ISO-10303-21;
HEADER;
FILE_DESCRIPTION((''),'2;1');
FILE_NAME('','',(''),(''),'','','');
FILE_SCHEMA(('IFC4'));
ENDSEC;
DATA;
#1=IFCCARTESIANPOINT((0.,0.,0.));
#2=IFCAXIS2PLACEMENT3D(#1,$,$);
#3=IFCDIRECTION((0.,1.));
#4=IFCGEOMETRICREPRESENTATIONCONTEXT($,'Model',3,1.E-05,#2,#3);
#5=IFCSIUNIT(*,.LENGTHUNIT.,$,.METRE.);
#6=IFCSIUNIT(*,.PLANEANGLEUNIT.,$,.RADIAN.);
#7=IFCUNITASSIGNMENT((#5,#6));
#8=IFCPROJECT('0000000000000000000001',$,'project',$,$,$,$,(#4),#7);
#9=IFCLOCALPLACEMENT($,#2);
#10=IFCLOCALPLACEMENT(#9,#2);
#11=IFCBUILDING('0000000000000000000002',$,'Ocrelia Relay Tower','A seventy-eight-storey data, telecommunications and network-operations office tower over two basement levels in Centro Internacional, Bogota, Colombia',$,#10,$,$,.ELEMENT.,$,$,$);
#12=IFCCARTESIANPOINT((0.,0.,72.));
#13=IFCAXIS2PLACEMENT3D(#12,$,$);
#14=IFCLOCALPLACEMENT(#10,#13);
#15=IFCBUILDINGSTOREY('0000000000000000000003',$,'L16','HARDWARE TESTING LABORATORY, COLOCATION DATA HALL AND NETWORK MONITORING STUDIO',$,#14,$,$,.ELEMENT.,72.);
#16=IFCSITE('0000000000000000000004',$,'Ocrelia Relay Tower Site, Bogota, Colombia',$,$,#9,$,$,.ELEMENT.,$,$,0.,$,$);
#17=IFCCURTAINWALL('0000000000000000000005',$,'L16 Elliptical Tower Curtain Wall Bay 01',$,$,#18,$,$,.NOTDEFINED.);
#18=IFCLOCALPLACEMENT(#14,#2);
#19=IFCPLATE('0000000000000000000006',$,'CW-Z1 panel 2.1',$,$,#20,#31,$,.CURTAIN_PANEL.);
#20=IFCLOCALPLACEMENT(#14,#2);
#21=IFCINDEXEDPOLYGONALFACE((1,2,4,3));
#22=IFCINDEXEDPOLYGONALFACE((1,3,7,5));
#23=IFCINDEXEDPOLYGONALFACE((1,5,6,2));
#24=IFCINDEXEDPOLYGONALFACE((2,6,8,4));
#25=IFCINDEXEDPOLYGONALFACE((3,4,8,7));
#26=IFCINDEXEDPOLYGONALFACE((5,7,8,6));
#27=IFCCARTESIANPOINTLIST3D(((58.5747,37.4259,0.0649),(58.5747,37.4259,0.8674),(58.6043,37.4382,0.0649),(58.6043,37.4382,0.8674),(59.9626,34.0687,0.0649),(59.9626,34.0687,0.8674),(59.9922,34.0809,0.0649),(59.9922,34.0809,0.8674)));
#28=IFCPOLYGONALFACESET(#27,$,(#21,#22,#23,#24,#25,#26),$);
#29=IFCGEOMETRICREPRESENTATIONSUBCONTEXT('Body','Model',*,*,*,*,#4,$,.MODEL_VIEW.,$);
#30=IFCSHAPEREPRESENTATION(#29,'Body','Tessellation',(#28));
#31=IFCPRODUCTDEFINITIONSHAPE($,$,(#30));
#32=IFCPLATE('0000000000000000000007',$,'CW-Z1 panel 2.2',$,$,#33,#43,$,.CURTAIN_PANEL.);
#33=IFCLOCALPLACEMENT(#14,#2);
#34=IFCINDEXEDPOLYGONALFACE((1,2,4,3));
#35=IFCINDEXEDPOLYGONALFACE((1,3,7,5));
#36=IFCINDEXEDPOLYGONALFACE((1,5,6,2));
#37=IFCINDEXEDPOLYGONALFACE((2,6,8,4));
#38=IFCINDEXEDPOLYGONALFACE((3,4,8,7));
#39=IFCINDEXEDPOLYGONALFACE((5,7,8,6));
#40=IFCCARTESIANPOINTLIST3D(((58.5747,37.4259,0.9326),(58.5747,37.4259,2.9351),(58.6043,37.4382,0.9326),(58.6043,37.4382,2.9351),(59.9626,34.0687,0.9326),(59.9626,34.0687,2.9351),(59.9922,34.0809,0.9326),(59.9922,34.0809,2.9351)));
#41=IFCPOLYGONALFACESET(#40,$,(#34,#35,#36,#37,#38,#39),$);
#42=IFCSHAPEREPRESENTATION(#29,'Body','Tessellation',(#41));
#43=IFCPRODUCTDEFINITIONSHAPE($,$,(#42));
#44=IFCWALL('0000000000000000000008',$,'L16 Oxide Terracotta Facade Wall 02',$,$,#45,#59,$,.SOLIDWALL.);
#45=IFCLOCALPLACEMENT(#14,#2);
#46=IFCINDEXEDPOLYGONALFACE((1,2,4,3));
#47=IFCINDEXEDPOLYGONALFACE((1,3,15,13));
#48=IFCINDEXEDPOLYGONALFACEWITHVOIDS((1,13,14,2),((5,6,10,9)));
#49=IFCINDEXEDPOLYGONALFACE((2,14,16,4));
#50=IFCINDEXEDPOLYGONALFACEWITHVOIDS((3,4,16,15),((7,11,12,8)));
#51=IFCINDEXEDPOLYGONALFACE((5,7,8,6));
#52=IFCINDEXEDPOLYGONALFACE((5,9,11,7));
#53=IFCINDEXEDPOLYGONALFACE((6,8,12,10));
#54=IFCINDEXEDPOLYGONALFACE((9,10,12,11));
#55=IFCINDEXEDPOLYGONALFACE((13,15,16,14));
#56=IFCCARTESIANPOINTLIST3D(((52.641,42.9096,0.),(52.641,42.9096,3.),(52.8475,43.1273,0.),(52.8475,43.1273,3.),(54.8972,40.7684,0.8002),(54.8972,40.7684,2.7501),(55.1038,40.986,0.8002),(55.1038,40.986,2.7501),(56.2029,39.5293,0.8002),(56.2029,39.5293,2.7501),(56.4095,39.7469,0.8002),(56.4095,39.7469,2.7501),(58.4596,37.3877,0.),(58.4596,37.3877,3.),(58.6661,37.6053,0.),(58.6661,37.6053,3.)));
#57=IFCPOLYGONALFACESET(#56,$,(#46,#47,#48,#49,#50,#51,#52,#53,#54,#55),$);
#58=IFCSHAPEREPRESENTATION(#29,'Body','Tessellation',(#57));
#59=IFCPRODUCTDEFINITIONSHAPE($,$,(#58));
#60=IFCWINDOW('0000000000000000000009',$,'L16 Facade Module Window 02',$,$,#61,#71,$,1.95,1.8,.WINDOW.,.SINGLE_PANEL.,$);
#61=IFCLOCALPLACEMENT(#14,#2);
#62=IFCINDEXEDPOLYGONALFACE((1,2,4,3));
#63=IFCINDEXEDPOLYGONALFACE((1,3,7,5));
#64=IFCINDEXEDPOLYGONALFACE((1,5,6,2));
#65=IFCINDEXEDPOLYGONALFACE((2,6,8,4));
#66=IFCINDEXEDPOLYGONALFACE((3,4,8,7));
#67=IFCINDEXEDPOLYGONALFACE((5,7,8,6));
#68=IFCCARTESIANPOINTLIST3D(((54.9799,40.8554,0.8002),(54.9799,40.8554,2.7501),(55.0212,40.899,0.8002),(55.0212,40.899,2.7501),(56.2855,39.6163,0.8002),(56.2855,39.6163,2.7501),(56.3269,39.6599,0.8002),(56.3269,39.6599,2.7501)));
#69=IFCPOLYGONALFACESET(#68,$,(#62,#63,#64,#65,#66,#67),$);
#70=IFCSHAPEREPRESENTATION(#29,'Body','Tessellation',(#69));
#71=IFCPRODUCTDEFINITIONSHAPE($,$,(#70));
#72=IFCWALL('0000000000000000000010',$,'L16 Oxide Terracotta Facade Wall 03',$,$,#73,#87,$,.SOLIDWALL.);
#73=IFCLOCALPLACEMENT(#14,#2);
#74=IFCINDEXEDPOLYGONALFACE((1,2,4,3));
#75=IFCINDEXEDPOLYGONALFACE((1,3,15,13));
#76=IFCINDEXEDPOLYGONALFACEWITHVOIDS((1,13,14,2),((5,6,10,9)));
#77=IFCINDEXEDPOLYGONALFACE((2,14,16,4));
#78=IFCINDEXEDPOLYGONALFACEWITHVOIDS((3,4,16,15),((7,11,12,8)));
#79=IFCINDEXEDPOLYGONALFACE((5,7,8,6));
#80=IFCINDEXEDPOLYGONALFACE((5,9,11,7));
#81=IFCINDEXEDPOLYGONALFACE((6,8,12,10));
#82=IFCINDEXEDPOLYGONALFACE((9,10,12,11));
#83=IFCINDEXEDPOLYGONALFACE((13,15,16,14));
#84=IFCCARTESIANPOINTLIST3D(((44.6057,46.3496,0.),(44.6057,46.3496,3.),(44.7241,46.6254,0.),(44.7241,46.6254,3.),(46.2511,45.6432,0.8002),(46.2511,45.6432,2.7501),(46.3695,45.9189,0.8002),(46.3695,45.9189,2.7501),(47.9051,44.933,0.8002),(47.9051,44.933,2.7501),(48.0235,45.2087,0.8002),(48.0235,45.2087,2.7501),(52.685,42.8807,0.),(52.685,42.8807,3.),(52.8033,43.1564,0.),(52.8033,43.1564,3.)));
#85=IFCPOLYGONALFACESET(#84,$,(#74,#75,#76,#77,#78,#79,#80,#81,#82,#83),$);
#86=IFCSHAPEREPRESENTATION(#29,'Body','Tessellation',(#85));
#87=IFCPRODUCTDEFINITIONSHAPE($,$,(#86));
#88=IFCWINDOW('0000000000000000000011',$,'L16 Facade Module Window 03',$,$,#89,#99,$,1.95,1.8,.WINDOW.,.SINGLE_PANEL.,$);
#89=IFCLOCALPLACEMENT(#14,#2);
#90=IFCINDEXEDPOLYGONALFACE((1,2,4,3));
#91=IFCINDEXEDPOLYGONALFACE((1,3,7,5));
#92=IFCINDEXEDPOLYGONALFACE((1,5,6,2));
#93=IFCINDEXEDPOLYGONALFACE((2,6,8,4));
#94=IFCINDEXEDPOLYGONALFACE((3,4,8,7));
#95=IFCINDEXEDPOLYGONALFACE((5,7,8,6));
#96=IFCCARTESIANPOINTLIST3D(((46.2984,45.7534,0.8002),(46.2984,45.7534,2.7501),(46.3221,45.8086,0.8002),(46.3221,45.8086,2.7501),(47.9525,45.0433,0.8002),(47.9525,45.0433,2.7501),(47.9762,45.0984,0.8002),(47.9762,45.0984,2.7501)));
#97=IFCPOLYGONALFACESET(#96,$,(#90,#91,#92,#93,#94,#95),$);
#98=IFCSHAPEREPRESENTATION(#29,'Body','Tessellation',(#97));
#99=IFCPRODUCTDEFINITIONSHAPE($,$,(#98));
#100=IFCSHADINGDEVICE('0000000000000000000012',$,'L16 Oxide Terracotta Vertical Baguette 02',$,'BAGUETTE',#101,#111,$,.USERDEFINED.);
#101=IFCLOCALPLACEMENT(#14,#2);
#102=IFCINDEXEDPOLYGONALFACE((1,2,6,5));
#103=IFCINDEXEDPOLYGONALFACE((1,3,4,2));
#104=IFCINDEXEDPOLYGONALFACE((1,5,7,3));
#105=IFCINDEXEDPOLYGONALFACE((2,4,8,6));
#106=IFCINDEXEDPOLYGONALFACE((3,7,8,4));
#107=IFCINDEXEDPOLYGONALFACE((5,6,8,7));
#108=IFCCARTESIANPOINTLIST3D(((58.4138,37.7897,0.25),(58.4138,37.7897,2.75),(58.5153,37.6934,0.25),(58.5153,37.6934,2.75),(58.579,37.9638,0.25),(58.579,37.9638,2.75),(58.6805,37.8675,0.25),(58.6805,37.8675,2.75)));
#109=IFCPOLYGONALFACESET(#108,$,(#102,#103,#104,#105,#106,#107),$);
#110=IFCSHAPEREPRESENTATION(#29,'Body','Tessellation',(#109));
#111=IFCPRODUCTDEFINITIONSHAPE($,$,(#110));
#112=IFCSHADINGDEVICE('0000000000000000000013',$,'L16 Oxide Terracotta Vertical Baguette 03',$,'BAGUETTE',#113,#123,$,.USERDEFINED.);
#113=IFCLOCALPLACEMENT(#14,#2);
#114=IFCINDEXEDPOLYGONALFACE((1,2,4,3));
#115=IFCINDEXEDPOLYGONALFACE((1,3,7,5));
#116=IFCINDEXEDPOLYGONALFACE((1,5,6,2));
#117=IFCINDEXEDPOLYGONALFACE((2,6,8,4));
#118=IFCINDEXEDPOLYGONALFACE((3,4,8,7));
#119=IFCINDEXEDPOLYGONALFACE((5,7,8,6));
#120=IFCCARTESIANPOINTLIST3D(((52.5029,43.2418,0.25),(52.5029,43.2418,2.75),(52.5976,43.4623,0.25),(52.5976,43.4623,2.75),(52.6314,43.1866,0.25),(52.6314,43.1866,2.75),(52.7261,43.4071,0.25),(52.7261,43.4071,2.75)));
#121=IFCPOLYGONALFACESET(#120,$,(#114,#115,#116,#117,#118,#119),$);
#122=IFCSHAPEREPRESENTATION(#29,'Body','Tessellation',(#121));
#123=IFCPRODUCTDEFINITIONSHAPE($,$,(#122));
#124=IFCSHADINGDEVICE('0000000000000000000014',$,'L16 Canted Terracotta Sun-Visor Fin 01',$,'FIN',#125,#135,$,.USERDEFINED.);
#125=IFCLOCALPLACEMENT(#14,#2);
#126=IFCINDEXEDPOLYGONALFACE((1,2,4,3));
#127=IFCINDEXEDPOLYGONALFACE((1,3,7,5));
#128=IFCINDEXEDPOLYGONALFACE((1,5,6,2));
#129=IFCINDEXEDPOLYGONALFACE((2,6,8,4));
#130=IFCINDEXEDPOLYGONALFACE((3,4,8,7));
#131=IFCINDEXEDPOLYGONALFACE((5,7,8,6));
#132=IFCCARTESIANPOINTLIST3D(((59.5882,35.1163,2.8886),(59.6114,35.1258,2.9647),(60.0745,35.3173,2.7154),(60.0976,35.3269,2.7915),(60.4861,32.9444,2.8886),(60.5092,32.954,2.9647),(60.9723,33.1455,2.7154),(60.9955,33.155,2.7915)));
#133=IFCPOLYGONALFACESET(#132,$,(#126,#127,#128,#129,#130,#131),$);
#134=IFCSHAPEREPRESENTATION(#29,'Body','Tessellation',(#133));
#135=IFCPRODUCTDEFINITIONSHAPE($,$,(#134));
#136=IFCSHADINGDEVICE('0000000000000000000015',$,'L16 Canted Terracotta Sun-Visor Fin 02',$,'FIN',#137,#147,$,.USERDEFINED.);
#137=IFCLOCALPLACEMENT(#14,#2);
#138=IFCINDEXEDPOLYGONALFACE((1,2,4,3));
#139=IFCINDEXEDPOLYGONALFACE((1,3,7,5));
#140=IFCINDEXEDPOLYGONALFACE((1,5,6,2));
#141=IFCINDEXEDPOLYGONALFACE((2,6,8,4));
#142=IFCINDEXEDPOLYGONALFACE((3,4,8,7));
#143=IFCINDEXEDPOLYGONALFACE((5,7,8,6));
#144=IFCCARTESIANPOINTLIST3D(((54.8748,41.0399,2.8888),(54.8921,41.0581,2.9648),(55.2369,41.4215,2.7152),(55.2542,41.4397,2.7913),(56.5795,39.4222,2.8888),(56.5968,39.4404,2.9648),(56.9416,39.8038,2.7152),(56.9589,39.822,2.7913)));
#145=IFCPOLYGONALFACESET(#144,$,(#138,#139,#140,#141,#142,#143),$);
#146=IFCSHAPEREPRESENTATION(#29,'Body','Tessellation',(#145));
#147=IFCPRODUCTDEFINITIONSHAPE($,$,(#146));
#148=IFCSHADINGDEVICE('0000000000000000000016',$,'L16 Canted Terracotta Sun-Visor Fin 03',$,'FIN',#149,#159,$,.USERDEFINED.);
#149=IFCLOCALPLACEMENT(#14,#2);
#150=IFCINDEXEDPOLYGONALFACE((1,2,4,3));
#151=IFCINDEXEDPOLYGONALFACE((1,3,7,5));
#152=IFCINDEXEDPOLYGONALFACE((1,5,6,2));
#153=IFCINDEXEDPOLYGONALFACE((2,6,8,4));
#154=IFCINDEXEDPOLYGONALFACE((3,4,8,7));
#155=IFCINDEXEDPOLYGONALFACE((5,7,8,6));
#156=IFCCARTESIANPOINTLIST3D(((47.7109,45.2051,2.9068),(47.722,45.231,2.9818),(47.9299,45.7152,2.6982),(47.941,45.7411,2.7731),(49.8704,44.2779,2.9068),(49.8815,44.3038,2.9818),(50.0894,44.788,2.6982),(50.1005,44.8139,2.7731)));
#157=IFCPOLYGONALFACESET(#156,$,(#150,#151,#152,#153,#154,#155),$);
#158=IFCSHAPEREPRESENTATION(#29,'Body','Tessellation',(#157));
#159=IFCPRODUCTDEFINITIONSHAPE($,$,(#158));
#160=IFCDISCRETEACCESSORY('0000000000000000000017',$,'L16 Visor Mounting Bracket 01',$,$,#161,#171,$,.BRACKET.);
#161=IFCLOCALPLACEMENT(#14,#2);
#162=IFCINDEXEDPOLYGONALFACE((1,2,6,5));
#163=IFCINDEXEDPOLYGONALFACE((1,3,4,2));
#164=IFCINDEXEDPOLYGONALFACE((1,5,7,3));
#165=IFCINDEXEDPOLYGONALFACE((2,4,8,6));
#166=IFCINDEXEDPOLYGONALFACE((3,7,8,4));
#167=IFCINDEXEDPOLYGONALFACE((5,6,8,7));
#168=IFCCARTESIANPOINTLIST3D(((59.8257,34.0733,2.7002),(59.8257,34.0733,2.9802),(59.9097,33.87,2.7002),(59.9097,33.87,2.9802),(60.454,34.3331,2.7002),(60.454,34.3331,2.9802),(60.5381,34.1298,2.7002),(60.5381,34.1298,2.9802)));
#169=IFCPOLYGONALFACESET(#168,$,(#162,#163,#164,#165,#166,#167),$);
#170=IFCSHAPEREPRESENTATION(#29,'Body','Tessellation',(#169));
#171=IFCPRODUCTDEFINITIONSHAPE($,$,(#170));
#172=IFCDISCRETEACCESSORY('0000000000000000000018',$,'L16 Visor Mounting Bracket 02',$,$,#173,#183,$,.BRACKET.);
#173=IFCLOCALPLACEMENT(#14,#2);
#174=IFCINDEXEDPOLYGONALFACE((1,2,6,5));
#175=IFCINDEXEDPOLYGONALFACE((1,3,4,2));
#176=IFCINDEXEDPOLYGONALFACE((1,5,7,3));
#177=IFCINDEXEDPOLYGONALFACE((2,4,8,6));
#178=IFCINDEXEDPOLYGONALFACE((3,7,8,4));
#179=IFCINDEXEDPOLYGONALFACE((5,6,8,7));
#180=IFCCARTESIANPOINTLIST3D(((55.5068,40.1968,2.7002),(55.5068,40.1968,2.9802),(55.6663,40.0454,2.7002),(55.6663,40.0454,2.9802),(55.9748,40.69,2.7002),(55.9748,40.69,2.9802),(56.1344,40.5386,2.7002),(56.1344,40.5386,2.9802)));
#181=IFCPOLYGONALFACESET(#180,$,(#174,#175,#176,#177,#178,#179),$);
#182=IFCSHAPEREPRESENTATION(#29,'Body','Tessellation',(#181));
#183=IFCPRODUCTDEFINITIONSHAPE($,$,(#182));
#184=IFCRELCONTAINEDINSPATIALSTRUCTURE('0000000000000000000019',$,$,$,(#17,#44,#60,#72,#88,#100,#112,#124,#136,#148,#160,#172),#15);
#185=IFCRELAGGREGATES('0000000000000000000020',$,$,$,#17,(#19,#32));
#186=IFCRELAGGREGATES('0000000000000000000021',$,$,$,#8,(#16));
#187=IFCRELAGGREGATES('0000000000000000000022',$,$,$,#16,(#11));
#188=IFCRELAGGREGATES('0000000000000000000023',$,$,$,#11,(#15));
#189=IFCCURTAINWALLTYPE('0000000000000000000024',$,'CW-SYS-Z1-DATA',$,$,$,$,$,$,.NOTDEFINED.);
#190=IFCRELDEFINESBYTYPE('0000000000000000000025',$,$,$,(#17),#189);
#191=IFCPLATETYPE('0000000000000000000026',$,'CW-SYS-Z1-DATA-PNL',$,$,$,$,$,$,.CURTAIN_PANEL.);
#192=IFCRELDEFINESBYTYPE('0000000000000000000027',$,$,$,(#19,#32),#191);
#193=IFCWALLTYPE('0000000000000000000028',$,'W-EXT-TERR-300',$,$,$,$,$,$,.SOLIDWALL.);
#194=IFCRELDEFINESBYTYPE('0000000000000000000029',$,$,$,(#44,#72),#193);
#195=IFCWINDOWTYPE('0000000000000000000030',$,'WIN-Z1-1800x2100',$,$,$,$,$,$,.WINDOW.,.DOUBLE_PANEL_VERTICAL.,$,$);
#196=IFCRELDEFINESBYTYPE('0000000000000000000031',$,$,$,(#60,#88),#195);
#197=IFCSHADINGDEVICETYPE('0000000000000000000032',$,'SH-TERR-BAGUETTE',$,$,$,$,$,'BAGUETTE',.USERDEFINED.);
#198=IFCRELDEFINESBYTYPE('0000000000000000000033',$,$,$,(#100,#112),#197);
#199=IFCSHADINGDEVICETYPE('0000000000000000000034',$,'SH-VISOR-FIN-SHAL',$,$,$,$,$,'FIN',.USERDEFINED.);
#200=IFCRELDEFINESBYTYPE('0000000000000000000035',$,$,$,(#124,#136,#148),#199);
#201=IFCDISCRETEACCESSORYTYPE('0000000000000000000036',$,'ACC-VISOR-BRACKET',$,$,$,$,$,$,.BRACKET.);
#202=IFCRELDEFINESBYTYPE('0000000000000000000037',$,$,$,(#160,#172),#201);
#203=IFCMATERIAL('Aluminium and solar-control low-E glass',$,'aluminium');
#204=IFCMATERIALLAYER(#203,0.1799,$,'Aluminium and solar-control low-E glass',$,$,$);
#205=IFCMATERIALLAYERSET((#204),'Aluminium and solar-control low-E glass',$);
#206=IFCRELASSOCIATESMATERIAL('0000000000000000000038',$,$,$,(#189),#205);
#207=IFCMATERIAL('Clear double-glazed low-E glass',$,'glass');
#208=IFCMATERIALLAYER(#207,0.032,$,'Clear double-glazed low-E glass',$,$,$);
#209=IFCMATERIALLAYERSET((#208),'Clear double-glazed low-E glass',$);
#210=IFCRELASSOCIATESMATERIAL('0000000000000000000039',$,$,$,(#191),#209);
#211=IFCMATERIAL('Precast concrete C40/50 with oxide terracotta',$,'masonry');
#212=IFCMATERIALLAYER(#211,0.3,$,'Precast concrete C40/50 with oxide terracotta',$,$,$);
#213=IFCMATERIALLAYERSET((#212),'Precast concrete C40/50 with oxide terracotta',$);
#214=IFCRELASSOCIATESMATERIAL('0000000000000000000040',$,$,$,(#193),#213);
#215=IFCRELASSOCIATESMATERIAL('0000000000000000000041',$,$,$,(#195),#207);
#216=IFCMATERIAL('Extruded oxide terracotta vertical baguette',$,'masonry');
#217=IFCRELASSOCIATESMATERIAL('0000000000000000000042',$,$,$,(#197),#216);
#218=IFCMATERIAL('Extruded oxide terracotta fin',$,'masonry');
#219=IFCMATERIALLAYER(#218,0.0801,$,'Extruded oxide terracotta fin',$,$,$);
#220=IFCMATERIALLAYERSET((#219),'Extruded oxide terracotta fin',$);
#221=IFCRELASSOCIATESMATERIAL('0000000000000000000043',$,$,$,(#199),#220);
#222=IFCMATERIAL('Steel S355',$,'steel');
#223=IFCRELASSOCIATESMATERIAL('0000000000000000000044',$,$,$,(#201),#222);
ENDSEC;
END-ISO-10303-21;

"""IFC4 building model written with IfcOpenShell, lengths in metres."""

from ifc_helpers import new_model, si_unit, direction, frame, frame_2d, origin, origin_2d, place, context, subcontext, project, spatial, rectangle, extrude, material, layer, layer_set, type_object, element, fill, aggregate, save


model = new_model("IFC4")

# Units and contexts
model_context = context("Model", 3, precision=1e-05, world=origin(), true_north=direction((0.0, 1.0)))
body_context = subcontext(model_context, "Body", "Model", "MODEL_VIEW")
ifc_project = project(units=[si_unit("LENGTHUNIT", "METRE"), si_unit("PLANEANGLEUNIT", "RADIAN")], contexts=[model_context])

# Site, building, storey
site_placement = place(None, origin())
site = spatial("IfcSite", under=ifc_project, at=site_placement, Name="Ocrelia Relay Tower Site, Bogota, Colombia", CompositionType="ELEMENT", RefElevation=0.0)
building_placement = place(site_placement, origin())
building = spatial("IfcBuilding", under=site, at=building_placement, Name="Ocrelia Relay Tower", Description="A seventy-eight-storey data, telecommunications and network-operations office tower over two basement levels in Centro Internacional, Bogota, Colombia", CompositionType="ELEMENT")
storey_placement = place(building_placement, frame((0.0, 0.0, 72.0)))
storey = spatial("IfcBuildingStorey", under=building, at=storey_placement, Name="L16", Description="HARDWARE TESTING LABORATORY, COLOCATION DATA HALL AND NETWORK MONITORING STUDIO", CompositionType="ELEMENT", Elevation=72.0)

# Shared definitions
ifc_material_1 = material(Name="Steel S355", Category="steel")

# Curtain wall, plates
ifc_material_2 = material(Name="Aluminium and solar-control low-E glass", Category="aluminium")
ifc_layer_1 = layer(ifc_material_2, 0.1799, Name="Aluminium and solar-control low-E glass")
ifc_layer_set_1 = layer_set([ifc_layer_1], Name="Aluminium and solar-control low-E glass")
curtain_wall_type = type_object("IfcCurtainWallType", Name="CW-SYS-Z1-DATA", PredefinedType="NOTDEFINED", material=ifc_layer_set_1)
curtain_wall_placement = place(storey_placement, origin())
curtain_wall = element("IfcCurtainWall", 1, at=curtain_wall_placement, inside=storey, type_object=curtain_wall_type, Name="L16 Elliptical Tower Curtain Wall Bay 01", PredefinedType="NOTDEFINED")
ifc_material_3 = material(Name="Clear double-glazed low-E glass", Category="glass")
ifc_layer_2 = layer(ifc_material_3, 0.032, Name="Clear double-glazed low-E glass")
ifc_layer_set_2 = layer_set([ifc_layer_2], Name="Clear double-glazed low-E glass")
plate_type = type_object("IfcPlateType", Name="CW-SYS-Z1-DATA-PNL", PredefinedType="CURTAIN_PANEL", material=ifc_layer_set_2)
plate_1_placement = place(storey_placement, frame((59.2834, 35.7534, 0.0649), z_axis=(0.0, 0.0, 1.0), x_axis=(-0.382038, 0.924147, 0.0)))
plate_1 = element("IfcPlate", 2, at=plate_1_placement, type_object=plate_type, Name="CW-Z1 panel 2.1", PredefinedType="CURTAIN_PANEL", context=body_context, shape_type="SweptSolid", body=[
    extrude(rectangle(XDim=3.6328, YDim=0.032, at=origin_2d()), origin(), (0.0, 0.0, 1.0), 0.8025),
])
plate_2_placement = place(storey_placement, frame((59.2834, 35.7534, 0.9326), z_axis=(0.0, 0.0, 1.0), x_axis=(-0.382038, 0.924147, 0.0)))
plate_2 = element("IfcPlate", 3, at=plate_2_placement, type_object=plate_type, Name="CW-Z1 panel 2.2", PredefinedType="CURTAIN_PANEL", context=body_context, shape_type="SweptSolid", body=[
    extrude(rectangle(XDim=3.6328, YDim=0.032, at=origin_2d()), origin(), (0.0, 0.0, 1.0), 2.0024),
])
aggregate(curtain_wall, [plate_1, plate_2])

# Walls, openings, windows
ifc_material_4 = material(Name="Precast concrete C40/50 with oxide terracotta", Category="masonry")
ifc_layer_3 = layer(ifc_material_4, 0.3, Name="Precast concrete C40/50 with oxide terracotta")
ifc_layer_set_3 = layer_set([ifc_layer_3], Name="Precast concrete C40/50 with oxide terracotta")
wall_type = type_object("IfcWallType", Name="W-EXT-TERR-300", PredefinedType="SOLIDWALL", material=ifc_layer_set_3)
wall_1_placement = place(storey_placement, frame((58.5627, 37.4966, 0.0), z_axis=(0.0, 0.0, 1.0), x_axis=(-0.725354, 0.688376, 0.0)))
wall_1 = element("IfcWall", 4, at=wall_1_placement, inside=storey, type_object=wall_type, Name="L16 Oxide Terracotta Facade Wall 02", PredefinedType="SOLIDWALL", context=body_context, shape_type="SweptSolid", body=[
    extrude(rectangle(XDim=8.0217, YDim=0.3, at=frame_2d((4.0107, 0.0))), origin(), (0.0, 0.0, 1.0), 3.0),
])
opening_1_placement = place(wall_1_placement, frame((3.1111, 0.0, 0.8)))
opening_1 = element("IfcOpeningElement", 5, at=opening_1_placement, cuts=wall_1, PredefinedType="OPENING", context=body_context, shape_type="SweptSolid", body=[
    extrude(rectangle(XDim=1.8, YDim=1.95, at=frame_2d((0.8999, 0.9751))), frame((0.0, 0.1602, 0.0), z_axis=(0.0, -1.0, 0.0), x_axis=(1.0, 0.0, 0.0)), (0.0, 0.0, 1.0), 0.3201),
])
window_type = type_object("IfcWindowType", Name="WIN-Z1-1800x2100", PartitioningType="DOUBLE_PANEL_VERTICAL", PredefinedType="WINDOW", material=ifc_material_3)
window_1_placement = place(opening_1_placement, origin())
window_1 = element("IfcWindow", 6, at=window_1_placement, inside=storey, type_object=window_type, Name="L16 Facade Module Window 02", OverallHeight=1.95, OverallWidth=1.8, PartitioningType="SINGLE_PANEL", PredefinedType="WINDOW", context=body_context, shape_type="SweptSolid", body=[
    extrude(rectangle(XDim=1.8, YDim=1.95, at=frame_2d((0.8999, 0.9751))), frame((0.0, 0.03, 0.0), z_axis=(0.0, -1.0, 0.0), x_axis=(1.0, 0.0, 0.0)), (0.0, 0.0, 1.0), 0.0601),
])
fill(opening_1, window_1)
wall_2_placement = place(storey_placement, frame((52.7441, 43.0186, 0.0), z_axis=(0.0, 0.0, 1.0), x_axis=(-0.918881, 0.394536, 0.0)))
wall_2 = element("IfcWall", 7, at=wall_2_placement, inside=storey, type_object=wall_type, Name="L16 Oxide Terracotta Facade Wall 03", PredefinedType="SOLIDWALL", context=body_context, shape_type="SweptSolid", body=[
    extrude(rectangle(XDim=8.7925, YDim=0.3, at=frame_2d((4.3962, 0.0))), origin(), (0.0, 0.0, 1.0), 3.0),
])
opening_2_placement = place(wall_2_placement, frame((5.2019, 0.0, 0.8)))
opening_2 = element("IfcOpeningElement", 8, at=opening_2_placement, cuts=wall_2, PredefinedType="OPENING", context=body_context, shape_type="SweptSolid", body=[
    extrude(rectangle(XDim=1.8, YDim=1.95, at=frame_2d((0.8999, 0.9751))), frame((0.0, 0.1602, 0.0), z_axis=(0.0, -1.0, 0.0), x_axis=(1.0, 0.0, 0.0)), (0.0, 0.0, 1.0), 0.3201),
])
window_2_placement = place(opening_2_placement, origin())
window_2 = element("IfcWindow", 9, at=window_2_placement, inside=storey, type_object=window_type, Name="L16 Facade Module Window 03", OverallHeight=1.95, OverallWidth=1.8, PartitioningType="SINGLE_PANEL", PredefinedType="WINDOW", context=body_context, shape_type="SweptSolid", body=[
    extrude(rectangle(XDim=1.8, YDim=1.95, at=frame_2d((0.8999, 0.9751))), frame((0.0, 0.03, 0.0), z_axis=(0.0, -1.0, 0.0), x_axis=(1.0, 0.0, 0.0)), (0.0, 0.0, 1.0), 0.0601),
])
fill(opening_2, window_2)

# Shading devices
ifc_material_5 = material(Name="Extruded oxide terracotta vertical baguette", Category="masonry")
shading_device_type_1 = type_object("IfcShadingDeviceType", Name="SH-TERR-BAGUETTE", ElementType="BAGUETTE", PredefinedType="USERDEFINED", material=ifc_material_5)
for number, where, z_axis, x_axis, name in (
    (10, (58.5471, 37.8286, 0.25), (0.0, 0.0, 1.0), (-0.725365, 0.688365, 0.0), "L16 Oxide Terracotta Vertical Baguette 02"),
    (11, (52.6145, 43.3245, 0.25), (0.0, 0.0, 1.0), (-0.918881, 0.394534, 0.0), "L16 Oxide Terracotta Vertical Baguette 03"),
):
    element("IfcShadingDevice", number, at=place(storey_placement, frame(where, z_axis=z_axis, x_axis=x_axis)), inside=storey, type_object=shading_device_type_1, Name=name, ObjectType="BAGUETTE", PredefinedType="USERDEFINED", context=body_context, shape_type="SweptSolid", body=[
        extrude(rectangle(XDim=0.1399, YDim=0.24, at=origin_2d()), origin(), (0.0, 0.0, 1.0), 2.5),
    ])
ifc_material_6 = material(Name="Extruded oxide terracotta fin", Category="masonry")
ifc_layer_4 = layer(ifc_material_6, 0.0801, Name="Extruded oxide terracotta fin")
ifc_layer_set_4 = layer_set([ifc_layer_4], Name="Extruded oxide terracotta fin")
shading_device_type_2 = type_object("IfcShadingDeviceType", Name="SH-VISOR-FIN-SHAL", ElementType="FIN", PredefinedType="USERDEFINED", material=ifc_layer_set_4)
for number, where, z_axis, x_axis, name in (
    (12, (60.2803, 34.1309, 2.802), (0.28895, 0.11945, 0.949863), (-0.382038, 0.924147, 0.0), "L16 Canted Terracotta Sun-Visor Fin 01"),
    (13, (55.9082, 40.4219, 2.802), (0.215685, 0.227278, 0.949644), (-0.725365, 0.688365, 0.0), "L16 Canted Terracotta Sun-Visor Fin 02"),
):
    element("IfcShadingDevice", number, at=place(storey_placement, frame(where, z_axis=z_axis, x_axis=x_axis)), inside=storey, type_object=shading_device_type_2, Name=name, ObjectType="FIN", PredefinedType="USERDEFINED", context=body_context, shape_type="SweptSolid", body=[
        extrude(rectangle(XDim=2.3501, YDim=0.554, at=origin_2d()), origin(), (0.0, 0.0, 1.0), 0.0801),
    ])
shading_device_placement = place(storey_placement, frame((48.9001, 44.9966, 2.8025), z_axis=(0.138814, 0.323301, 0.93606), x_axis=(-0.918881, 0.394534, 0.0)))
element("IfcShadingDevice", 14, at=shading_device_placement, inside=storey, type_object=shading_device_type_2, Name="L16 Canted Terracotta Sun-Visor Fin 03", ObjectType="FIN", PredefinedType="USERDEFINED", context=body_context, shape_type="SweptSolid", body=[
    extrude(rectangle(XDim=2.3501, YDim=0.593, at=origin_2d()), origin(), (0.0, 0.0, 1.0), 0.0801),
])

# Discrete accessories
discrete_accessory_type = type_object("IfcDiscreteAccessoryType", Name="ACC-VISOR-BRACKET", PredefinedType="BRACKET", material=ifc_material_1)
for number, where, z_axis, x_axis, name in (
    (15, (60.1819, 34.1016, 2.7002), (0.0, 0.0, 1.0), (-0.382038, 0.924147, 0.0), "L16 Visor Mounting Bracket 01"),
    (16, (55.8206, 40.3677, 2.7002), (0.0, 0.0, 1.0), (-0.725365, 0.688365, 0.0), "L16 Visor Mounting Bracket 02"),
):
    element("IfcDiscreteAccessory", number, at=place(storey_placement, frame(where, z_axis=z_axis, x_axis=x_axis)), inside=storey, type_object=discrete_accessory_type, Name=name, PredefinedType="BRACKET", context=body_context, shape_type="SweptSolid", body=[
        extrude(rectangle(XDim=0.22, YDim=0.6799, at=origin_2d()), origin(), (0.0, 0.0, 1.0), 0.28),
    ])

save(model, "model.ifc")
